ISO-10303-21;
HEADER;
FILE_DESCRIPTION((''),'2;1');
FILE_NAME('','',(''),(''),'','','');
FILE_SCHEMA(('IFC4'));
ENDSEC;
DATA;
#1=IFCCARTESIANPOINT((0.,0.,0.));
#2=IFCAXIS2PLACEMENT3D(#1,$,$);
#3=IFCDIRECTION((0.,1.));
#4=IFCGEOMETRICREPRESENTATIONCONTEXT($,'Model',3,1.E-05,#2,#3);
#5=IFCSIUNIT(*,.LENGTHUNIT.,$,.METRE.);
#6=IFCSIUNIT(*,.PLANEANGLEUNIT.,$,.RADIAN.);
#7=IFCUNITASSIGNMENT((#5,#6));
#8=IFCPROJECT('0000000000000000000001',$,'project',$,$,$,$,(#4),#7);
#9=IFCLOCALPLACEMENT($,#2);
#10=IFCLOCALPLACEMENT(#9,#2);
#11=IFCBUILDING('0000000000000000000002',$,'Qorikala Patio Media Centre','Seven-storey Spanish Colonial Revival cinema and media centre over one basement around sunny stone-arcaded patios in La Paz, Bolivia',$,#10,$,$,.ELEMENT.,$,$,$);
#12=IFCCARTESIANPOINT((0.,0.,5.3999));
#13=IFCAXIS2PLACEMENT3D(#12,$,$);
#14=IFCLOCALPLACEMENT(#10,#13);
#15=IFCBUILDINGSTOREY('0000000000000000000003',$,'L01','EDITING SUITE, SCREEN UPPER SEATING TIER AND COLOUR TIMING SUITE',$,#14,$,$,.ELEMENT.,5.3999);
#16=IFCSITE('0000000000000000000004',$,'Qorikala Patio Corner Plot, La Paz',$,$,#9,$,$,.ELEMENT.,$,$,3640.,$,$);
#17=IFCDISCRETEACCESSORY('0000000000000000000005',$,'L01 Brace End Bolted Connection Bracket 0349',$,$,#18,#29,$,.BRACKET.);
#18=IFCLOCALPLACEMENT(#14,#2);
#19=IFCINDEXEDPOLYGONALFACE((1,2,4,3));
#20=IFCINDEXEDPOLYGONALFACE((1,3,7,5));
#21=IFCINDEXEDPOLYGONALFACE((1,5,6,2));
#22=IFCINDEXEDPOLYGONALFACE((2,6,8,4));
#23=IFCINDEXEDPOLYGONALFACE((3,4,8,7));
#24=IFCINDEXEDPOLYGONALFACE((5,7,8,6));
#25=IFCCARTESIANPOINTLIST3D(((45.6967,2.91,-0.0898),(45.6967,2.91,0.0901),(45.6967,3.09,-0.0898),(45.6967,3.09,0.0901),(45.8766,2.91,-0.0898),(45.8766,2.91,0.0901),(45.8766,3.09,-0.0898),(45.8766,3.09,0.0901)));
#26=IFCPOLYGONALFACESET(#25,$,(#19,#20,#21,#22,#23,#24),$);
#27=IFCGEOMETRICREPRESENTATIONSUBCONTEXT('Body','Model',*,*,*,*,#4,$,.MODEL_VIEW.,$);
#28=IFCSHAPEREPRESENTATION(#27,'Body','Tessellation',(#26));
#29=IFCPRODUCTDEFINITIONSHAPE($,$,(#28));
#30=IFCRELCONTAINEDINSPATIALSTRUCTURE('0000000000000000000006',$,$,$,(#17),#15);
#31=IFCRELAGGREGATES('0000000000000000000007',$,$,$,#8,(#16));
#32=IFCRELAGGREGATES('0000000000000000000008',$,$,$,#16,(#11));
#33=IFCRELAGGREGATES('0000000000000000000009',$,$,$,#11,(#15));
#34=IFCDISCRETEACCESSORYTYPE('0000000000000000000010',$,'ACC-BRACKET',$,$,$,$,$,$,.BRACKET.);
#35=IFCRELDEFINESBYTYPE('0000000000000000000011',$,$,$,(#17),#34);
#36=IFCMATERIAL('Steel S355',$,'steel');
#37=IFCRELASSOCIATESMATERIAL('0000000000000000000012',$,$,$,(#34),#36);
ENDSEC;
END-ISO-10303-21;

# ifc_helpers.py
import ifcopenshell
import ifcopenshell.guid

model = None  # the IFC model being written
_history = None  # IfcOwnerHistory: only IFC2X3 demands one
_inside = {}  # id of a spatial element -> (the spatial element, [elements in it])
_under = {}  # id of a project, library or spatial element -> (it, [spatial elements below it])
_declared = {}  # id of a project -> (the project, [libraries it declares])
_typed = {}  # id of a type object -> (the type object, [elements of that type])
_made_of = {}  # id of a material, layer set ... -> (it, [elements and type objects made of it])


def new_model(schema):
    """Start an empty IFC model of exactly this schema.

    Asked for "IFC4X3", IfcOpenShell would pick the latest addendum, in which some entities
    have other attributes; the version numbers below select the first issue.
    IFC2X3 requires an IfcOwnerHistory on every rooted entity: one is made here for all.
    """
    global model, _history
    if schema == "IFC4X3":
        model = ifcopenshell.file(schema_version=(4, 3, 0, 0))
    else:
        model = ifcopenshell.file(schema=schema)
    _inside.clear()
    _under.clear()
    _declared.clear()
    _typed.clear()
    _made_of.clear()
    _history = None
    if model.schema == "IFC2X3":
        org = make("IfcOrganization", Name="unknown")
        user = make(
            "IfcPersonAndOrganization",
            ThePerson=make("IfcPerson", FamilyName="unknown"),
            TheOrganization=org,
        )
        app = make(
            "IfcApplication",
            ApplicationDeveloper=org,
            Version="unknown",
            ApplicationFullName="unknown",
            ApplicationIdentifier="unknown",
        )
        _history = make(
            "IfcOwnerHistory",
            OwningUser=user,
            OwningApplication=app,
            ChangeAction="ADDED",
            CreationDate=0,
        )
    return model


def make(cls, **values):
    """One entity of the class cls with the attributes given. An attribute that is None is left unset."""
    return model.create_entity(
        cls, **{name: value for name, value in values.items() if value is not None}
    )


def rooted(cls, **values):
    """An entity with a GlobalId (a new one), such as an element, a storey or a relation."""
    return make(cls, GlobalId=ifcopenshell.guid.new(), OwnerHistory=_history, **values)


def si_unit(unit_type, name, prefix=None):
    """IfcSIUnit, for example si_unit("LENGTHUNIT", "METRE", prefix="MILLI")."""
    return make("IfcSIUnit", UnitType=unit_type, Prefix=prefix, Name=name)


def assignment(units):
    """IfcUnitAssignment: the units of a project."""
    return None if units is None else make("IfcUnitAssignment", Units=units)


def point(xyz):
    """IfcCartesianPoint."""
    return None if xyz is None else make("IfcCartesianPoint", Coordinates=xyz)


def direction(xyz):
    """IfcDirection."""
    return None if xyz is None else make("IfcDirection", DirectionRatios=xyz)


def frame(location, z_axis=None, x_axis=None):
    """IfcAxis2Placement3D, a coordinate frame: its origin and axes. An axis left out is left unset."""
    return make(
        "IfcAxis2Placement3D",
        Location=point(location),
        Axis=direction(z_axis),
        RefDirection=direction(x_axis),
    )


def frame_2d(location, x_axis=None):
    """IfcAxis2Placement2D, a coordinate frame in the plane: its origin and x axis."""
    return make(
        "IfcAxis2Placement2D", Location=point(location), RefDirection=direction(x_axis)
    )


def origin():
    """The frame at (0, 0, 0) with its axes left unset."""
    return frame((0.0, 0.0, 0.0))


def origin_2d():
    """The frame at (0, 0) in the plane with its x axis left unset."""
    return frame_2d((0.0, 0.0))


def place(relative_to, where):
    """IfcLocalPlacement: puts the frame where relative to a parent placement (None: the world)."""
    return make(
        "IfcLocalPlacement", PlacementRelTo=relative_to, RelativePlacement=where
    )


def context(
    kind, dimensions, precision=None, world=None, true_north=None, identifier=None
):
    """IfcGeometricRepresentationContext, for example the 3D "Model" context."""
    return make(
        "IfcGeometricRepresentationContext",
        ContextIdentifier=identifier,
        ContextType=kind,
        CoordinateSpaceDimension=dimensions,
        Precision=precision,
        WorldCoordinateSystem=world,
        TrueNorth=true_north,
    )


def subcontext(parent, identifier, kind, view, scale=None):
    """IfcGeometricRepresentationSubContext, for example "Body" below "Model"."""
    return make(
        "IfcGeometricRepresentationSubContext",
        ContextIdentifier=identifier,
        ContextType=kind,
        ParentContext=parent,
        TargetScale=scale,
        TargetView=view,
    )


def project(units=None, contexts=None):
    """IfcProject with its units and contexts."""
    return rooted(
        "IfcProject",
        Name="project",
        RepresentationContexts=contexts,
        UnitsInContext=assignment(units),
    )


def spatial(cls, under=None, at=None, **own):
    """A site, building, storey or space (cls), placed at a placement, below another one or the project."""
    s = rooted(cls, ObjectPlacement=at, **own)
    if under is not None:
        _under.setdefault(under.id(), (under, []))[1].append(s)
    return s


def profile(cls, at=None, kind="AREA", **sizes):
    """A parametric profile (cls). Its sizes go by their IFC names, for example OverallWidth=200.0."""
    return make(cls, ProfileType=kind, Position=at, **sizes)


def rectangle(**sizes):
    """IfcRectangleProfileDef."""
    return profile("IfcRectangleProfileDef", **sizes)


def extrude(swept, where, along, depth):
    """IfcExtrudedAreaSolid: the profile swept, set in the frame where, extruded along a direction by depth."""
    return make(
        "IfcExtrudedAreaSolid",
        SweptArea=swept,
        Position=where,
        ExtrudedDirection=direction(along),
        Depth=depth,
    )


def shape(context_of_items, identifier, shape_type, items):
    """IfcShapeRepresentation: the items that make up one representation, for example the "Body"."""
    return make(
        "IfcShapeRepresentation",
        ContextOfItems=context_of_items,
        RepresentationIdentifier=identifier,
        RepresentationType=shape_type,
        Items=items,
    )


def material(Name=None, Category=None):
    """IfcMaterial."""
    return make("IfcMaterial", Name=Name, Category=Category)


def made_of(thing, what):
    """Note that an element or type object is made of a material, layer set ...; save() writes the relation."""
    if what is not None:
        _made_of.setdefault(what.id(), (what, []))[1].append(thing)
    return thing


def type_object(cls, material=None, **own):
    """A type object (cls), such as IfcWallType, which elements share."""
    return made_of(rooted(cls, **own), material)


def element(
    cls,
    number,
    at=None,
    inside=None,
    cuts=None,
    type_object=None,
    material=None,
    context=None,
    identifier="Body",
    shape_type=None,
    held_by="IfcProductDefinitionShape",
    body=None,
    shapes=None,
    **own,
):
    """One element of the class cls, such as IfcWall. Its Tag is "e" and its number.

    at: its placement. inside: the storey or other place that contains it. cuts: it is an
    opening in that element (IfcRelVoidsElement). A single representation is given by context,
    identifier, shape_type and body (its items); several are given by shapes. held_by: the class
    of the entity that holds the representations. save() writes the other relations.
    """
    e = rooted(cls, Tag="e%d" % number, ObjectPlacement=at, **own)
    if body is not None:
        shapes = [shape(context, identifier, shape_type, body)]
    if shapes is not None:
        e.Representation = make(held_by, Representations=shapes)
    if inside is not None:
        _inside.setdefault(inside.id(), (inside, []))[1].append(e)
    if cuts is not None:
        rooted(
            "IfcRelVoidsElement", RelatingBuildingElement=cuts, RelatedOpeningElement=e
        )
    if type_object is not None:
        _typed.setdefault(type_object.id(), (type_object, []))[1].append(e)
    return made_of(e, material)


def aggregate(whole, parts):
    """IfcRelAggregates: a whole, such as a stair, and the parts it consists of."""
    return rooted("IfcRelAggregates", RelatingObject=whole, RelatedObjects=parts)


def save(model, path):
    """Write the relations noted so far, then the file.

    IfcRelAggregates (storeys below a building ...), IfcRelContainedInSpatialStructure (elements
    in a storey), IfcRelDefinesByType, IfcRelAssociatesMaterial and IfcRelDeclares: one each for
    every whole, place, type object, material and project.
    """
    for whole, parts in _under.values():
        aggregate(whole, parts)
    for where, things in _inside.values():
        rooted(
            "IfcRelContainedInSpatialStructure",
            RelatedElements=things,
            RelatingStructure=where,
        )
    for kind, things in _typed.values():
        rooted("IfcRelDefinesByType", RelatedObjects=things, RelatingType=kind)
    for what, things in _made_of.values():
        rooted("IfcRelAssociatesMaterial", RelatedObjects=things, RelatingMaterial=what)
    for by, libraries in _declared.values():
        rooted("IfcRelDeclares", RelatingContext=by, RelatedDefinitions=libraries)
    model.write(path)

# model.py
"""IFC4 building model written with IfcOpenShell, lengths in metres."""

from ifc_helpers import new_model, si_unit, direction, frame, origin, origin_2d, place, context, subcontext, project, spatial, rectangle, extrude, material, type_object, element, save


model = new_model("IFC4")

# Units and contexts
model_context = context("Model", 3, precision=1e-05, world=origin(), true_north=direction((0.0, 1.0)))
body_context = subcontext(model_context, "Body", "Model", "MODEL_VIEW")
ifc_project = project(units=[si_unit("LENGTHUNIT", "METRE"), si_unit("PLANEANGLEUNIT", "RADIAN")], contexts=[model_context])

# Site, building, storey
site_placement = place(None, origin())
site = spatial("IfcSite", under=ifc_project, at=site_placement, Name="Qorikala Patio Corner Plot, La Paz", CompositionType="ELEMENT", RefElevation=3640.0)
building_placement = place(site_placement, origin())
building = spatial("IfcBuilding", under=site, at=building_placement, Name="Qorikala Patio Media Centre", Description="Seven-storey Spanish Colonial Revival cinema and media centre over one basement around sunny stone-arcaded patios in La Paz, Bolivia", CompositionType="ELEMENT")
storey_placement = place(building_placement, frame((0.0, 0.0, 5.3999)))
storey = spatial("IfcBuildingStorey", under=building, at=storey_placement, Name="L01", Description="EDITING SUITE, SCREEN UPPER SEATING TIER AND COLOUR TIMING SUITE", CompositionType="ELEMENT", Elevation=5.3999)

# Shared definitions
ifc_material_1 = material(Name="Steel S355", Category="steel")

# Discrete accessory
discrete_accessory_type = type_object("IfcDiscreteAccessoryType", Name="ACC-BRACKET", PredefinedType="BRACKET", material=ifc_material_1)
for number, where, z_axis, x_axis, name in (
    (1, (45.7866, 3.0, -0.0898), (0.0, 0.0, 1.0), (1.0, 0.0, 0.0), "L01 Brace End Bolted Connection Bracket 0349"),
):
    element("IfcDiscreteAccessory", number, at=place(storey_placement, frame(where, z_axis=z_axis, x_axis=x_axis)), inside=storey, type_object=discrete_accessory_type, Name=name, PredefinedType="BRACKET", context=body_context, shape_type="SweptSolid", body=[
        extrude(rectangle(XDim=0.1799, YDim=0.1799, at=origin_2d()), origin(), (0.0, 0.0, 1.0), 0.1799),
    ])

save(model, "model.ifc")
